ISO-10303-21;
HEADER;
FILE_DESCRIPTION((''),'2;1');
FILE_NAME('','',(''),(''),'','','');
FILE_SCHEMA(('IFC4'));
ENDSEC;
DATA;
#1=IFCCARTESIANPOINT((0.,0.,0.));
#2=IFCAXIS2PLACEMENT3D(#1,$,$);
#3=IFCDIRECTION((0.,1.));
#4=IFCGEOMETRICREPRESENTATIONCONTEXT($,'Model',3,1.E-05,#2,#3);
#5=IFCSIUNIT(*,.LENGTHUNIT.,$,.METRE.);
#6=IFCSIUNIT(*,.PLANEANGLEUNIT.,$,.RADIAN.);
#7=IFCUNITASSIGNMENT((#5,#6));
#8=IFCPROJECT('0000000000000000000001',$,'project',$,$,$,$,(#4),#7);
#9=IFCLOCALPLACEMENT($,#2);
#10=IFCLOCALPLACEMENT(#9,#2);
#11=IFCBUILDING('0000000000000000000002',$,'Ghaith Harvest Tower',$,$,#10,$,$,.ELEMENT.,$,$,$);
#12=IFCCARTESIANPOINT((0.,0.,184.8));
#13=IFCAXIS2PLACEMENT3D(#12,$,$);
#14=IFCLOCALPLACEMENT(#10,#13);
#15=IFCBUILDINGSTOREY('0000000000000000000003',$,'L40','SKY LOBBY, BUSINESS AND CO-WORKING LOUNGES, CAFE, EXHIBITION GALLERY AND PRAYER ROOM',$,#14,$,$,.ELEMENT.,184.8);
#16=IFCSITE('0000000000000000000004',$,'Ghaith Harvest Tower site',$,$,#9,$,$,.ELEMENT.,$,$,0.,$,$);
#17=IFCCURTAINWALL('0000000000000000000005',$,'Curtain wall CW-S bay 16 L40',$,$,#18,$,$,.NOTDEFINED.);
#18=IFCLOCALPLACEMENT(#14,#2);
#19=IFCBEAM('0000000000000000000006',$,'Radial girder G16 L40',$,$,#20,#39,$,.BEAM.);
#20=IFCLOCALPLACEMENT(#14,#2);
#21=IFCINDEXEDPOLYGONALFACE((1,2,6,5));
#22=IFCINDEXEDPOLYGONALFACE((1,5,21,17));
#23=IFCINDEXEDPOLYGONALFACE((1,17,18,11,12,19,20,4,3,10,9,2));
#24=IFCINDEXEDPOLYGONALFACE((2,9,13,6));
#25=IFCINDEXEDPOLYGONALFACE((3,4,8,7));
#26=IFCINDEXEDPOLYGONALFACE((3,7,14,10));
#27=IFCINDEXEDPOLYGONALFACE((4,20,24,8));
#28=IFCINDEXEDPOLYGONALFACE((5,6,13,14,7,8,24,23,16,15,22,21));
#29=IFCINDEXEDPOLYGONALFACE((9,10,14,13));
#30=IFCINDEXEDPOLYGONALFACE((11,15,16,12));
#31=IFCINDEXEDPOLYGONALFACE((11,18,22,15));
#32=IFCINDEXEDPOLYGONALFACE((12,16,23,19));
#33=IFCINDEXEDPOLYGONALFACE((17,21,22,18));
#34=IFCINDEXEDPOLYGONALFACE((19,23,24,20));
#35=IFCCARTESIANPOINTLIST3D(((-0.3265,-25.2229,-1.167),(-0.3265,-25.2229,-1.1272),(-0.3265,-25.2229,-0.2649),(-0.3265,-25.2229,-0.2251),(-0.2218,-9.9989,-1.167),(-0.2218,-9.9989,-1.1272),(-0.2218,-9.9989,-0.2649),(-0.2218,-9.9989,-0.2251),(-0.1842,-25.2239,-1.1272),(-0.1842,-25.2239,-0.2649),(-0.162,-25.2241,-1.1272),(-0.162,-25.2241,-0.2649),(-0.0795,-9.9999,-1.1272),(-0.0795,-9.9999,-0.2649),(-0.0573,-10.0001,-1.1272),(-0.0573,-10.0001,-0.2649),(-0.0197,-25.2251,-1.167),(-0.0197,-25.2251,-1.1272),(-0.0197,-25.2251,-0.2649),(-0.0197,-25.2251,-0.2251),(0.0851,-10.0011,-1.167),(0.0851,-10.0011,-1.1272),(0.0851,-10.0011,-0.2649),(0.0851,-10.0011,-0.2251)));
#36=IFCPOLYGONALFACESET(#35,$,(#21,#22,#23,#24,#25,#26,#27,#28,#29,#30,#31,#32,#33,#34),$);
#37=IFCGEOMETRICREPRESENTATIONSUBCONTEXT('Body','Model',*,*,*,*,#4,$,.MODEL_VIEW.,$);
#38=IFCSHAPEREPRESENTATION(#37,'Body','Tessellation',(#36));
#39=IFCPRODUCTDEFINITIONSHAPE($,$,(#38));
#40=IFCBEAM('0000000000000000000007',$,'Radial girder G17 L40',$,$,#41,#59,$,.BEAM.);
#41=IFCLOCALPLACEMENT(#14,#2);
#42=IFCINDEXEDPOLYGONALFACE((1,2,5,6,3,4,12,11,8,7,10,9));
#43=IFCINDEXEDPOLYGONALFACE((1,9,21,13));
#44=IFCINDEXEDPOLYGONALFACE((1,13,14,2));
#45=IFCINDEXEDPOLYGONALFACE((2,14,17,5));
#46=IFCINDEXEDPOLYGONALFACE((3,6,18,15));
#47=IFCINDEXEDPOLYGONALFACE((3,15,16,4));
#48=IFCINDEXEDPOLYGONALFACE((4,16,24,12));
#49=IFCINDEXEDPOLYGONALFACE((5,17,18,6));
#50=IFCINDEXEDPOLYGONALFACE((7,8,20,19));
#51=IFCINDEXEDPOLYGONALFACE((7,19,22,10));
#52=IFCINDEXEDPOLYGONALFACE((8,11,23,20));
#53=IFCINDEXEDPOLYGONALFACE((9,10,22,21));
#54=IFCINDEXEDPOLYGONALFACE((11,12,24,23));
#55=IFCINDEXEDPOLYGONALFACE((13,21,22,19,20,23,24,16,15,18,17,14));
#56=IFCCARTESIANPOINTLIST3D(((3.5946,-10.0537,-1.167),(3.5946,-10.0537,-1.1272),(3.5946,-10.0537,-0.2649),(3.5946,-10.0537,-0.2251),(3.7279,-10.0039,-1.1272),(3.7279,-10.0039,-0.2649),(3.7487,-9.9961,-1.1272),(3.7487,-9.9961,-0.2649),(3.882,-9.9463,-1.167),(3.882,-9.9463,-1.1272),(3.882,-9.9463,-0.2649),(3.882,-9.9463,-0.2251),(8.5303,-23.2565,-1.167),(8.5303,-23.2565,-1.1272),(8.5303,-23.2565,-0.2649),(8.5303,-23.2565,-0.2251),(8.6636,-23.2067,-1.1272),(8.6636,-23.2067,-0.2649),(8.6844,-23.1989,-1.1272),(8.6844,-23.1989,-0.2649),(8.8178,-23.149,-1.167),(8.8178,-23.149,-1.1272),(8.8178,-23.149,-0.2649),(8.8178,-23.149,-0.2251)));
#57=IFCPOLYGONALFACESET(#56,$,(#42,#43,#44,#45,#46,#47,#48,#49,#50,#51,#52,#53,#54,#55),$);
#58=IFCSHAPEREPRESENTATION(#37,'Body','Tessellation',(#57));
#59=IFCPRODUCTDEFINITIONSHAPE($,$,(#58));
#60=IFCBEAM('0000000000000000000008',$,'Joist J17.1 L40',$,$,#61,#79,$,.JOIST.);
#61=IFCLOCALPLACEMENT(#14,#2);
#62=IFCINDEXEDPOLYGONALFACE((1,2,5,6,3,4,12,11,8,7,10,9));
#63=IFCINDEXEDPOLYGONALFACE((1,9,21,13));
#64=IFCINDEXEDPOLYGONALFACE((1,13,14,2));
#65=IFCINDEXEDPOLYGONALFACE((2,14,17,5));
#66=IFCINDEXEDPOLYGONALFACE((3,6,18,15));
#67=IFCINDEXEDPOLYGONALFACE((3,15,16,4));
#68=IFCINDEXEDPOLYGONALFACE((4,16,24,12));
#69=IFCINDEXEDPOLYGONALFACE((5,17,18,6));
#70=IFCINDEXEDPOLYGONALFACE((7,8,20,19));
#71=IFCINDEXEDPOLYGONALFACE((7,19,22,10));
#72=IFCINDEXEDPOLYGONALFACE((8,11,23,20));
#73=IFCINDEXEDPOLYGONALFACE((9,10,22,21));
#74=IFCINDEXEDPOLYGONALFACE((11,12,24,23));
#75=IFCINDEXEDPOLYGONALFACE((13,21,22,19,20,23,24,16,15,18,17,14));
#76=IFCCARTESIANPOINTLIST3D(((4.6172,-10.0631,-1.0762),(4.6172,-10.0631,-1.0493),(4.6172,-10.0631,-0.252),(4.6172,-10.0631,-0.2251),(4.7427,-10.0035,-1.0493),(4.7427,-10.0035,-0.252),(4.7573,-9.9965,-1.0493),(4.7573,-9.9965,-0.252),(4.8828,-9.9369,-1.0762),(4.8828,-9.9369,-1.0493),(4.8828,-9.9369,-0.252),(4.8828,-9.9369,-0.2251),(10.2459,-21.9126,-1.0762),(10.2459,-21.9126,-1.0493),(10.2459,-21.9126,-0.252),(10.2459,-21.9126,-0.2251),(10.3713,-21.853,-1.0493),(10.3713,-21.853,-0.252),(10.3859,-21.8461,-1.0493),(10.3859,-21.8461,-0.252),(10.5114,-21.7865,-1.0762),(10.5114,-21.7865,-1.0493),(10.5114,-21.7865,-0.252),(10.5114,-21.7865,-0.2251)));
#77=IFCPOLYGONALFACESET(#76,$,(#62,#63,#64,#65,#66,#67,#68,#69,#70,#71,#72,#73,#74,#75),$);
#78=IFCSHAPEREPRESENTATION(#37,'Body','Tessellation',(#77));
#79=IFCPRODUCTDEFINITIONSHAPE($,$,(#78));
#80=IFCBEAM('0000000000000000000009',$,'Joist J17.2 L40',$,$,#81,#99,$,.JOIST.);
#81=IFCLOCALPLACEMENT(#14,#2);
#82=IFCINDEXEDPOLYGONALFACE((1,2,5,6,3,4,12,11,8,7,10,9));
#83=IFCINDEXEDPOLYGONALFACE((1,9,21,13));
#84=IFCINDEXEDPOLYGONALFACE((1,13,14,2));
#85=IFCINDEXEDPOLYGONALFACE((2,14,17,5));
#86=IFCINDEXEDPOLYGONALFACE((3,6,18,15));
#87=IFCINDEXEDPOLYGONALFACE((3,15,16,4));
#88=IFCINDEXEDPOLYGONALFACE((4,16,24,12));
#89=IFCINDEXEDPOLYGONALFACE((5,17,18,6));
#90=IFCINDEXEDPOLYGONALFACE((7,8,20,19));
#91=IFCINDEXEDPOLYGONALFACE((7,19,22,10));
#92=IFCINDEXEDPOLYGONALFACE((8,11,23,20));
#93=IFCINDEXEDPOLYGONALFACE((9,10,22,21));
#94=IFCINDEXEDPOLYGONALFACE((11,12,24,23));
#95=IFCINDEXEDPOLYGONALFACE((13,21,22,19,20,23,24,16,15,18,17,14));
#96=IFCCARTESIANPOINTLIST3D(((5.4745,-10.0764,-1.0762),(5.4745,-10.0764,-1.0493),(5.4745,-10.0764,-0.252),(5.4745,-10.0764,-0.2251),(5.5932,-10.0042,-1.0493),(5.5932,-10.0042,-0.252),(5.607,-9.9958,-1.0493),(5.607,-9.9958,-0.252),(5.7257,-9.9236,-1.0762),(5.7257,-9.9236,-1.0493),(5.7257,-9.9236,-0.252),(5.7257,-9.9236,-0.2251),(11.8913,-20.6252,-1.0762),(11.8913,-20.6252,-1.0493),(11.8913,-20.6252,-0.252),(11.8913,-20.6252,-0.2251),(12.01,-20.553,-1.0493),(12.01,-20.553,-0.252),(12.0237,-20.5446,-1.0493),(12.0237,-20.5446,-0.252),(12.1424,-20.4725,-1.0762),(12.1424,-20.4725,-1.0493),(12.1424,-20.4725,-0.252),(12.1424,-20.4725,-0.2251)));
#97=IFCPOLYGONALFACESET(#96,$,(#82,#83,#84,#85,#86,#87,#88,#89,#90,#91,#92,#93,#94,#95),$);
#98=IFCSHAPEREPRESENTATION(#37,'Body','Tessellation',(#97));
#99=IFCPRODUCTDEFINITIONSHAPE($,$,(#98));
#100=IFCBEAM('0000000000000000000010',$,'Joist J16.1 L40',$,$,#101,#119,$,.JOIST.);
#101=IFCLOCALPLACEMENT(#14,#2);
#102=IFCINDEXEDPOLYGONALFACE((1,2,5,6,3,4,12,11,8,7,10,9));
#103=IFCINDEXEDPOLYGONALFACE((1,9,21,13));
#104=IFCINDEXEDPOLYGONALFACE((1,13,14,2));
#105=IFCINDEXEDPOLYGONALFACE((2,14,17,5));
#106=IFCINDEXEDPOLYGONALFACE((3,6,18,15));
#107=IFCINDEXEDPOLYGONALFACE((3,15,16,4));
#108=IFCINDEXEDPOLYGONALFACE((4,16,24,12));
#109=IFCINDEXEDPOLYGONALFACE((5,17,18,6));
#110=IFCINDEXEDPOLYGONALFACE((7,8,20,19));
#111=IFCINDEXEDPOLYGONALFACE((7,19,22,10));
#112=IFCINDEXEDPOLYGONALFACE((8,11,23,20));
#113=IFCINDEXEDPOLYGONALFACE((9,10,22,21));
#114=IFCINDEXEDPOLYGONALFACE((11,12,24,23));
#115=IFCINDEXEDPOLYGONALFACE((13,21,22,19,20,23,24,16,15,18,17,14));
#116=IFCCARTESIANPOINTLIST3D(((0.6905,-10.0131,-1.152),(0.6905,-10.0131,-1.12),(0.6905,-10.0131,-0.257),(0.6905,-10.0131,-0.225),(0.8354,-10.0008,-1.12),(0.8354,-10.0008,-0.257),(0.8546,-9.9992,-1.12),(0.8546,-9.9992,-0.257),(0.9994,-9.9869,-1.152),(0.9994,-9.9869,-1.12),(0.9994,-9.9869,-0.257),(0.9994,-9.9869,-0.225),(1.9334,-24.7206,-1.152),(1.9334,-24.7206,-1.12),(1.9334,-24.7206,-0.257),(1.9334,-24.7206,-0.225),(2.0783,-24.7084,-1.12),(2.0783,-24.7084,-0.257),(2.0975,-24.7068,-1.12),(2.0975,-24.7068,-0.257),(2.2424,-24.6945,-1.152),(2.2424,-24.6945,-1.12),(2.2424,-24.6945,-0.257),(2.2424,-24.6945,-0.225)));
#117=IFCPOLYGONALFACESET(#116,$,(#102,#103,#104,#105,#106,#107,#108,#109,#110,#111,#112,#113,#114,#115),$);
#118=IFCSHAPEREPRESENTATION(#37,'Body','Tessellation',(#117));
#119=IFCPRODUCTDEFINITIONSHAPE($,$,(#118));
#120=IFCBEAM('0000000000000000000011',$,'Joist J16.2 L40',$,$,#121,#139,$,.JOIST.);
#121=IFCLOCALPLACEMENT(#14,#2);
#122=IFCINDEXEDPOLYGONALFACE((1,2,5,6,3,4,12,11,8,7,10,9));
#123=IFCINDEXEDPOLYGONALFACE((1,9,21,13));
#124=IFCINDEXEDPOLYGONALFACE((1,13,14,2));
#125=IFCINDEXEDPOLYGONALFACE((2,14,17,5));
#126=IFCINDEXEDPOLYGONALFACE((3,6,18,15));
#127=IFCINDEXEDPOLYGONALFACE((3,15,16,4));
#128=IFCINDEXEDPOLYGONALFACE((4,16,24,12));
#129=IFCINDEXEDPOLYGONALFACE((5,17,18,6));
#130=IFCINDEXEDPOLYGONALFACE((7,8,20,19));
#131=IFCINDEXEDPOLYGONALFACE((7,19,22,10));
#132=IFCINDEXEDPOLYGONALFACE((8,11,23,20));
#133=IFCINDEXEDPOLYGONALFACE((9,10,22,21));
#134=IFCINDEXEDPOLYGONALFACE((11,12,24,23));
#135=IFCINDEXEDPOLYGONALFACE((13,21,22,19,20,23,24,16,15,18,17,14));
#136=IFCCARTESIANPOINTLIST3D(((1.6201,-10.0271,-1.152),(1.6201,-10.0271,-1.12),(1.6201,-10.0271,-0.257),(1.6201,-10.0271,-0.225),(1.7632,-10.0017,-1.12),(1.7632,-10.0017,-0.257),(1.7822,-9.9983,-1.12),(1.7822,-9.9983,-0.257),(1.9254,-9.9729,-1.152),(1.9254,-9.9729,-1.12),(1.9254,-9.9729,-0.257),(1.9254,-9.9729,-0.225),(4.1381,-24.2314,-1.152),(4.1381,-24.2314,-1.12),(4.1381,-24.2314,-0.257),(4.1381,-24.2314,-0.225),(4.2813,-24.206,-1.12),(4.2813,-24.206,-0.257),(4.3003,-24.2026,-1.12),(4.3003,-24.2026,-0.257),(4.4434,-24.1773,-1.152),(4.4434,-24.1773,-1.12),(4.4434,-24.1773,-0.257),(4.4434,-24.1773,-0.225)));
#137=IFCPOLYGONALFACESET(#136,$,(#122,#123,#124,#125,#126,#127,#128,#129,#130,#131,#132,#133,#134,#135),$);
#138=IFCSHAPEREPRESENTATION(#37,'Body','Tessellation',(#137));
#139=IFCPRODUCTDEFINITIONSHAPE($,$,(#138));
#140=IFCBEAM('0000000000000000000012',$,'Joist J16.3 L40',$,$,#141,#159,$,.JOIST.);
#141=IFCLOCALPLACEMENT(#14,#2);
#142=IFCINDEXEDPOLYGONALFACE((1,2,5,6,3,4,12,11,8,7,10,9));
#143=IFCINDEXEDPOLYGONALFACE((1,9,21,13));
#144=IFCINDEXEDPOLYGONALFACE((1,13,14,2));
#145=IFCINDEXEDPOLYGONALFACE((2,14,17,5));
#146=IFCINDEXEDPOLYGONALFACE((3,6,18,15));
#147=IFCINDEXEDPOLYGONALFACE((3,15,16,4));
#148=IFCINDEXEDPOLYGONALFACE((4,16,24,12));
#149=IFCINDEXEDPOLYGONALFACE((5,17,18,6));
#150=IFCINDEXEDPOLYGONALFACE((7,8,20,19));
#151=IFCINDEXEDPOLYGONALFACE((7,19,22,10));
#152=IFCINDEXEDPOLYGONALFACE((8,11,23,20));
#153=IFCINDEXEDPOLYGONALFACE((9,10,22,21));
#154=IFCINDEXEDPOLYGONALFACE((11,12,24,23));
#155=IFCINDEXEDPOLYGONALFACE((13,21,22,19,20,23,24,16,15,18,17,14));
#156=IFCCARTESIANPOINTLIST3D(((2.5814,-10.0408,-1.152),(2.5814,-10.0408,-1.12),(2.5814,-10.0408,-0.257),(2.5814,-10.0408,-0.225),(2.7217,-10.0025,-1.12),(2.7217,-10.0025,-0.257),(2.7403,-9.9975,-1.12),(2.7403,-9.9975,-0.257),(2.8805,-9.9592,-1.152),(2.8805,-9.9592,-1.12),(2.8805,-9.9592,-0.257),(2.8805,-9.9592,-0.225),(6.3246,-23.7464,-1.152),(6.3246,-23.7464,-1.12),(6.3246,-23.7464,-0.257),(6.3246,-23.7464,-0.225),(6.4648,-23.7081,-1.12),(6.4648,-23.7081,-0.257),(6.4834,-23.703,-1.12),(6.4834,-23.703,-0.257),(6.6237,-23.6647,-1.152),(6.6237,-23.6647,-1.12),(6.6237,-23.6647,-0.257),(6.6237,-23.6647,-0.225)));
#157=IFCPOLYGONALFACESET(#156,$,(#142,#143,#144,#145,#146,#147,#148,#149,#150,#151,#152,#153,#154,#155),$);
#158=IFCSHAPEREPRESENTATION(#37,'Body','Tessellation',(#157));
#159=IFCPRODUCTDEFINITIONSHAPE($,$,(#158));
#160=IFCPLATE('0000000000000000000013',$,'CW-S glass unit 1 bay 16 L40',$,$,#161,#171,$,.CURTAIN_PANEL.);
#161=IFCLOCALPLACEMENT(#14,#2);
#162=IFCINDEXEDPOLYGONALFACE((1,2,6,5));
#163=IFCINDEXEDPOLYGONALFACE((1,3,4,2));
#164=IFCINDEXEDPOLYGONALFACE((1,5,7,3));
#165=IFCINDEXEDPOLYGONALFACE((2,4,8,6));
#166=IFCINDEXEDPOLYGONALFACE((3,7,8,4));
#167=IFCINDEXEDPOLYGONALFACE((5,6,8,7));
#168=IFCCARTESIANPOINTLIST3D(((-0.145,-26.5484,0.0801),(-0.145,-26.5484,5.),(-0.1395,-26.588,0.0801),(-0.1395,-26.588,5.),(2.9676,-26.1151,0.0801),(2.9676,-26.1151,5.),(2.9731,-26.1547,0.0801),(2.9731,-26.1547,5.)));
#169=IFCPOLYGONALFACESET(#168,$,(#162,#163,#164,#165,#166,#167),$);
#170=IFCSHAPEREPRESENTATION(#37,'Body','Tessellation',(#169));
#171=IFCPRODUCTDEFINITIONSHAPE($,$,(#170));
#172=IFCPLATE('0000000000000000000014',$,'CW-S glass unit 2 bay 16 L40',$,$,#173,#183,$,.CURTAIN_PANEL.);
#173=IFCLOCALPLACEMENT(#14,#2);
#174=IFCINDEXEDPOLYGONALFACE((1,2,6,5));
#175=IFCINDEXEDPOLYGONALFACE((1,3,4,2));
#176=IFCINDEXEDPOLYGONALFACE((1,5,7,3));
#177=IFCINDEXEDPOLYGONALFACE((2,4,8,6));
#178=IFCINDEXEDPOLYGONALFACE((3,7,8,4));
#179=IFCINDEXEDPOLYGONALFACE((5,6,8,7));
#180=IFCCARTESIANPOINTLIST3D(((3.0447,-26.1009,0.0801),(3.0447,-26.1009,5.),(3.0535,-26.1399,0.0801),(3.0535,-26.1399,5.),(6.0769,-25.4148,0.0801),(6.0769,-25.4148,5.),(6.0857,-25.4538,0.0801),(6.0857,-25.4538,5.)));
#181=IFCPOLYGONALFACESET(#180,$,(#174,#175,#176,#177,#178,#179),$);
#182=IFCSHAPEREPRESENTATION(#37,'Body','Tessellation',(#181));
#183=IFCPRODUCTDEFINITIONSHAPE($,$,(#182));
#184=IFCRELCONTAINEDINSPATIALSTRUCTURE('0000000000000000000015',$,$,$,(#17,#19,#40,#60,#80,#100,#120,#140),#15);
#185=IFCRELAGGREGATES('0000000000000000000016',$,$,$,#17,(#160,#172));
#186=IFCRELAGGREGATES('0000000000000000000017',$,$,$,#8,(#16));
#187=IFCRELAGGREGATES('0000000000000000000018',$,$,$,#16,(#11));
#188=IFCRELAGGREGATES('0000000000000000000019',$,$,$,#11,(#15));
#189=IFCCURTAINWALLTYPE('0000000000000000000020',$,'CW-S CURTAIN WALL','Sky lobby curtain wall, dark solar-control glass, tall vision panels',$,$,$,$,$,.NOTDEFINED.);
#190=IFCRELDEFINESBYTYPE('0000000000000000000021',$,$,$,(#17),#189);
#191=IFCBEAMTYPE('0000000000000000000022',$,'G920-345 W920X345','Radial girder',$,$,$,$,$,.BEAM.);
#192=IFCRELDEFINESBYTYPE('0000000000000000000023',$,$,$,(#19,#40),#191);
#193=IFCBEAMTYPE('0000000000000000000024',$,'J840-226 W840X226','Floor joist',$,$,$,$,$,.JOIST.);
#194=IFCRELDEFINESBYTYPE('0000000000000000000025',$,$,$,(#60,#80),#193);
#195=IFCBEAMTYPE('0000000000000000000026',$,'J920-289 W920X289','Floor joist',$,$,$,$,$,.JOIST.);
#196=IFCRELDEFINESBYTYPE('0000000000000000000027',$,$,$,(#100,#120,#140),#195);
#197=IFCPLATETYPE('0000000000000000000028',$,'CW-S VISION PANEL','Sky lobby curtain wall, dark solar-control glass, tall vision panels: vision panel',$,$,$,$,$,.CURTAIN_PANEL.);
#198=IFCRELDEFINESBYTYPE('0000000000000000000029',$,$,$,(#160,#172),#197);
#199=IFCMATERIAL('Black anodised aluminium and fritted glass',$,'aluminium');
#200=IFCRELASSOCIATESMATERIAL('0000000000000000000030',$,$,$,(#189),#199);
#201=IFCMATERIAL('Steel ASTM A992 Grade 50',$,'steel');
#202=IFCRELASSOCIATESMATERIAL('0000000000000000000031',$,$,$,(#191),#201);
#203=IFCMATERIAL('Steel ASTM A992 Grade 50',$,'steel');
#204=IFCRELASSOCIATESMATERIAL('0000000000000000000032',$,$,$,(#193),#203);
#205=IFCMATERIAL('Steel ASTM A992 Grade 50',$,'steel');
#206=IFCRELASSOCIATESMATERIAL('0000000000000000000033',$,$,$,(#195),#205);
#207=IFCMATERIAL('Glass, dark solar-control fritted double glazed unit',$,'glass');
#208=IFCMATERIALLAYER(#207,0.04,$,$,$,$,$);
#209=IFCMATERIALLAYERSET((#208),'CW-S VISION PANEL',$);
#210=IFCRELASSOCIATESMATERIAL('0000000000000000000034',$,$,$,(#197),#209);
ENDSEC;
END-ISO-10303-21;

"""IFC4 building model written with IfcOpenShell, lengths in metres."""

from ifc_helpers import new_model, si_unit, direction, frame, origin, origin_2d, place, context, subcontext, project, spatial, rectangle, i_section, extrude, material, layer, layer_set, material_profile, profile_set, type_object, element, aggregate, save


model = new_model("IFC4")

# Units and contexts
model_context = context("Model", 3, precision=1e-05, world=origin(), true_north=direction((0.0, 1.0)))
body_context = subcontext(model_context, "Body", "Model", "MODEL_VIEW")
ifc_project = project(units=[si_unit("LENGTHUNIT", "METRE"), si_unit("PLANEANGLEUNIT", "RADIAN")], contexts=[model_context])

# Site, building, storey
site_placement = place(None, origin())
site = spatial("IfcSite", under=ifc_project, at=site_placement, Name="Ghaith Harvest Tower site", CompositionType="ELEMENT", RefElevation=0.0)
building_placement = place(site_placement, origin())
building = spatial("IfcBuilding", under=site, at=building_placement, Name="Ghaith Harvest Tower", CompositionType="ELEMENT")
storey_placement = place(building_placement, frame((0.0, 0.0, 184.8)))
storey = spatial("IfcBuildingStorey", under=building, at=storey_placement, Name="L40", Description="SKY LOBBY, BUSINESS AND CO-WORKING LOUNGES, CAFE, EXHIBITION GALLERY AND PRAYER ROOM", CompositionType="ELEMENT", Elevation=184.8)

# Curtain wall
ifc_material_1 = material(Name="Black anodised aluminium and fritted glass", Category="aluminium")
curtain_wall_type = type_object("IfcCurtainWallType", Name="CW-S CURTAIN WALL", Description="Sky lobby curtain wall, dark solar-control glass, tall vision panels", PredefinedType="NOTDEFINED", material=ifc_material_1)
curtain_wall_1_placement = place(storey_placement, origin())
curtain_wall_1 = element("IfcCurtainWall", 1, at=curtain_wall_1_placement, inside=storey, type_object=curtain_wall_type, Name="Curtain wall CW-S bay 16 L40", PredefinedType="NOTDEFINED")

# Beams
ifc_material_2 = material(Name="Steel ASTM A992 Grade 50", Category="steel")
ifc_material_profile_1 = material_profile(ifc_material_2, i_section(OverallWidth=0.3069, OverallDepth=0.9419, WebThickness=0.0222, FlangeThickness=0.0398, at=origin_2d()), Name="W920X345")
ifc_profile_set_1 = profile_set([ifc_material_profile_1], Name="Steel ASTM A992 Grade 50")
beam_type_1 = type_object("IfcBeamType", Name="G920-345 W920X345", Description="Radial girder", PredefinedType="BEAM", material=ifc_profile_set_1)
beam_1_placement = place(storey_placement, frame((-0.0684, -10.0, -0.696), z_axis=(-0.006879, -0.999976, 0.0), x_axis=(0.999976, -0.006879, 0.0)))
element("IfcBeam", 2, at=beam_1_placement, inside=storey, type_object=beam_type_1, Name="Radial girder G16 L40", PredefinedType="BEAM", context=body_context, shape_type="SweptSolid", body=[
    extrude(i_section(OverallWidth=0.3069, OverallDepth=0.9419, WebThickness=0.0222, FlangeThickness=0.0398, at=origin_2d()), origin(), (0.0, 0.0, 1.0), 15.2244),
])
beam_2_placement = place(storey_placement, frame((3.7383, -10.0, -0.696), z_axis=(0.350172, -0.936685, 0.0), x_axis=(0.936685, 0.350172, 0.0)))
element("IfcBeam", 3, at=beam_2_placement, inside=storey, type_object=beam_type_1, Name="Radial girder G17 L40", PredefinedType="BEAM", context=body_context, shape_type="SweptSolid", body=[
    extrude(i_section(OverallWidth=0.3069, OverallDepth=0.9419, WebThickness=0.0222, FlangeThickness=0.0398, at=origin_2d()), origin(), (0.0, 0.0, 1.0), 14.0952),
])
ifc_material_3 = material(Name="Steel ASTM A992 Grade 50", Category="steel")
ifc_material_profile_2 = material_profile(ifc_material_3, i_section(OverallWidth=0.2939, OverallDepth=0.8511, WebThickness=0.0161, FlangeThickness=0.0269, at=origin_2d()), Name="W840X226")
ifc_profile_set_2 = profile_set([ifc_material_profile_2], Name="Steel ASTM A992 Grade 50")
beam_type_2 = type_object("IfcBeamType", Name="J840-226 W840X226", Description="Floor joist", PredefinedType="JOIST", material=ifc_profile_set_2)
beam_3_placement = place(storey_placement, frame((4.75, -10.0, -0.6506), z_axis=(0.429063, -0.903275, 0.0), x_axis=(0.903275, 0.429063, 0.0)))
element("IfcBeam", 4, at=beam_3_placement, inside=storey, type_object=beam_type_2, Name="Joist J17.1 L40", PredefinedType="JOIST", context=body_context, shape_type="SweptSolid", body=[
    extrude(i_section(OverallWidth=0.2939, OverallDepth=0.8511, WebThickness=0.0161, FlangeThickness=0.0269, at=origin_2d()), origin(), (0.0, 0.0, 1.0), 13.1184),
])
beam_4_placement = place(storey_placement, frame((5.6001, -10.0, -0.6506), z_axis=(0.519694, -0.854352, 0.0), x_axis=(0.854352, 0.519694, 0.0)))
element("IfcBeam", 5, at=beam_4_placement, inside=storey, type_object=beam_type_2, Name="Joist J17.2 L40", PredefinedType="JOIST", context=body_context, shape_type="SweptSolid", body=[
    extrude(i_section(OverallWidth=0.2939, OverallDepth=0.8511, WebThickness=0.0161, FlangeThickness=0.0269, at=origin_2d()), origin(), (0.0, 0.0, 1.0), 12.3472),
])
ifc_material_4 = material(Name="Steel ASTM A992 Grade 50", Category="steel")
ifc_material_profile_3 = material_profile(ifc_material_4, i_section(OverallWidth=0.3101, OverallDepth=0.927, WebThickness=0.0193, FlangeThickness=0.032, at=origin_2d()), Name="W920X289")
ifc_profile_set_3 = profile_set([ifc_material_profile_3], Name="Steel ASTM A992 Grade 50")
beam_type_3 = type_object("IfcBeamType", Name="J920-289 W920X289", Description="Floor joist", PredefinedType="JOIST", material=ifc_profile_set_3)
beam_5_placement = place(storey_placement, frame((0.845, -10.0, -0.6885), z_axis=(0.084209, -0.996448, 0.0), x_axis=(0.996448, 0.084209, 0.0)))
element("IfcBeam", 6, at=beam_5_placement, inside=storey, type_object=beam_type_3, Name="Joist J16.1 L40", PredefinedType="JOIST", context=body_context, shape_type="SweptSolid", body=[
    extrude(i_section(OverallWidth=0.3101, OverallDepth=0.927, WebThickness=0.0193, FlangeThickness=0.032, at=origin_2d()), origin(), (0.0, 0.0, 1.0), 14.76),
])
beam_6_placement = place(storey_placement, frame((1.7727, -10.0, -0.6885), z_axis=(0.174553, -0.984648, 0.0), x_axis=(0.984648, 0.174553, 0.0)))
element("IfcBeam", 7, at=beam_6_placement, inside=storey, type_object=beam_type_3, Name="Joist J16.2 L40", PredefinedType="JOIST", context=body_context, shape_type="SweptSolid", body=[
    extrude(i_section(OverallWidth=0.3101, OverallDepth=0.927, WebThickness=0.0193, FlangeThickness=0.032, at=origin_2d()), origin(), (0.0, 0.0, 1.0), 14.4258),
])
beam_7_placement = place(storey_placement, frame((2.731, -10.0, -0.6885), z_axis=(0.263463, -0.964669, 0.0), x_axis=(0.964669, 0.263463, 0.0)))
element("IfcBeam", 8, at=beam_7_placement, inside=storey, type_object=beam_type_3, Name="Joist J16.3 L40", PredefinedType="JOIST", context=body_context, shape_type="SweptSolid", body=[
    extrude(i_section(OverallWidth=0.3101, OverallDepth=0.927, WebThickness=0.0193, FlangeThickness=0.032, at=origin_2d()), origin(), (0.0, 0.0, 1.0), 14.2075),
])

# Plates
ifc_material_5 = material(Name="Glass, dark solar-control fritted double glazed unit", Category="glass")
ifc_layer_1 = layer(ifc_material_5, 0.04)
ifc_layer_set_1 = layer_set([ifc_layer_1], Name="CW-S VISION PANEL")
plate_type = type_object("IfcPlateType", Name="CW-S VISION PANEL", Description="Sky lobby curtain wall, dark solar-control glass, tall vision panels: vision panel", PredefinedType="CURTAIN_PANEL", material=ifc_layer_set_1)
plate_1_placement = place(storey_placement, frame((1.4141, -26.3516, 0.0801), z_axis=(0.0, 0.0, 1.0), x_axis=(0.990448, 0.137886, 0.0)))
plate_1 = element("IfcPlate", 9, at=plate_1_placement, type_object=plate_type, Name="CW-S glass unit 1 bay 16 L40", PredefinedType="CURTAIN_PANEL", context=body_context, shape_type="SweptSolid", body=[
    extrude(rectangle(XDim=3.1426, YDim=0.04, at=origin_2d()), origin(), (0.0, 0.0, 1.0), 4.9199),
])
plate_2_placement = place(storey_placement, frame((4.5652, -25.7773, 0.0801), z_axis=(0.0, 0.0, 1.0), x_axis=(0.975342, 0.2207, 0.0)))
plate_2 = element("IfcPlate", 10, at=plate_2_placement, type_object=plate_type, Name="CW-S glass unit 2 bay 16 L40", PredefinedType="CURTAIN_PANEL", context=body_context, shape_type="SweptSolid", body=[
    extrude(rectangle(XDim=3.1089, YDim=0.04, at=origin_2d()), origin(), (0.0, 0.0, 1.0), 4.9199),
])
aggregate(curtain_wall_1, [plate_1, plate_2])

save(model, "model.ifc")
